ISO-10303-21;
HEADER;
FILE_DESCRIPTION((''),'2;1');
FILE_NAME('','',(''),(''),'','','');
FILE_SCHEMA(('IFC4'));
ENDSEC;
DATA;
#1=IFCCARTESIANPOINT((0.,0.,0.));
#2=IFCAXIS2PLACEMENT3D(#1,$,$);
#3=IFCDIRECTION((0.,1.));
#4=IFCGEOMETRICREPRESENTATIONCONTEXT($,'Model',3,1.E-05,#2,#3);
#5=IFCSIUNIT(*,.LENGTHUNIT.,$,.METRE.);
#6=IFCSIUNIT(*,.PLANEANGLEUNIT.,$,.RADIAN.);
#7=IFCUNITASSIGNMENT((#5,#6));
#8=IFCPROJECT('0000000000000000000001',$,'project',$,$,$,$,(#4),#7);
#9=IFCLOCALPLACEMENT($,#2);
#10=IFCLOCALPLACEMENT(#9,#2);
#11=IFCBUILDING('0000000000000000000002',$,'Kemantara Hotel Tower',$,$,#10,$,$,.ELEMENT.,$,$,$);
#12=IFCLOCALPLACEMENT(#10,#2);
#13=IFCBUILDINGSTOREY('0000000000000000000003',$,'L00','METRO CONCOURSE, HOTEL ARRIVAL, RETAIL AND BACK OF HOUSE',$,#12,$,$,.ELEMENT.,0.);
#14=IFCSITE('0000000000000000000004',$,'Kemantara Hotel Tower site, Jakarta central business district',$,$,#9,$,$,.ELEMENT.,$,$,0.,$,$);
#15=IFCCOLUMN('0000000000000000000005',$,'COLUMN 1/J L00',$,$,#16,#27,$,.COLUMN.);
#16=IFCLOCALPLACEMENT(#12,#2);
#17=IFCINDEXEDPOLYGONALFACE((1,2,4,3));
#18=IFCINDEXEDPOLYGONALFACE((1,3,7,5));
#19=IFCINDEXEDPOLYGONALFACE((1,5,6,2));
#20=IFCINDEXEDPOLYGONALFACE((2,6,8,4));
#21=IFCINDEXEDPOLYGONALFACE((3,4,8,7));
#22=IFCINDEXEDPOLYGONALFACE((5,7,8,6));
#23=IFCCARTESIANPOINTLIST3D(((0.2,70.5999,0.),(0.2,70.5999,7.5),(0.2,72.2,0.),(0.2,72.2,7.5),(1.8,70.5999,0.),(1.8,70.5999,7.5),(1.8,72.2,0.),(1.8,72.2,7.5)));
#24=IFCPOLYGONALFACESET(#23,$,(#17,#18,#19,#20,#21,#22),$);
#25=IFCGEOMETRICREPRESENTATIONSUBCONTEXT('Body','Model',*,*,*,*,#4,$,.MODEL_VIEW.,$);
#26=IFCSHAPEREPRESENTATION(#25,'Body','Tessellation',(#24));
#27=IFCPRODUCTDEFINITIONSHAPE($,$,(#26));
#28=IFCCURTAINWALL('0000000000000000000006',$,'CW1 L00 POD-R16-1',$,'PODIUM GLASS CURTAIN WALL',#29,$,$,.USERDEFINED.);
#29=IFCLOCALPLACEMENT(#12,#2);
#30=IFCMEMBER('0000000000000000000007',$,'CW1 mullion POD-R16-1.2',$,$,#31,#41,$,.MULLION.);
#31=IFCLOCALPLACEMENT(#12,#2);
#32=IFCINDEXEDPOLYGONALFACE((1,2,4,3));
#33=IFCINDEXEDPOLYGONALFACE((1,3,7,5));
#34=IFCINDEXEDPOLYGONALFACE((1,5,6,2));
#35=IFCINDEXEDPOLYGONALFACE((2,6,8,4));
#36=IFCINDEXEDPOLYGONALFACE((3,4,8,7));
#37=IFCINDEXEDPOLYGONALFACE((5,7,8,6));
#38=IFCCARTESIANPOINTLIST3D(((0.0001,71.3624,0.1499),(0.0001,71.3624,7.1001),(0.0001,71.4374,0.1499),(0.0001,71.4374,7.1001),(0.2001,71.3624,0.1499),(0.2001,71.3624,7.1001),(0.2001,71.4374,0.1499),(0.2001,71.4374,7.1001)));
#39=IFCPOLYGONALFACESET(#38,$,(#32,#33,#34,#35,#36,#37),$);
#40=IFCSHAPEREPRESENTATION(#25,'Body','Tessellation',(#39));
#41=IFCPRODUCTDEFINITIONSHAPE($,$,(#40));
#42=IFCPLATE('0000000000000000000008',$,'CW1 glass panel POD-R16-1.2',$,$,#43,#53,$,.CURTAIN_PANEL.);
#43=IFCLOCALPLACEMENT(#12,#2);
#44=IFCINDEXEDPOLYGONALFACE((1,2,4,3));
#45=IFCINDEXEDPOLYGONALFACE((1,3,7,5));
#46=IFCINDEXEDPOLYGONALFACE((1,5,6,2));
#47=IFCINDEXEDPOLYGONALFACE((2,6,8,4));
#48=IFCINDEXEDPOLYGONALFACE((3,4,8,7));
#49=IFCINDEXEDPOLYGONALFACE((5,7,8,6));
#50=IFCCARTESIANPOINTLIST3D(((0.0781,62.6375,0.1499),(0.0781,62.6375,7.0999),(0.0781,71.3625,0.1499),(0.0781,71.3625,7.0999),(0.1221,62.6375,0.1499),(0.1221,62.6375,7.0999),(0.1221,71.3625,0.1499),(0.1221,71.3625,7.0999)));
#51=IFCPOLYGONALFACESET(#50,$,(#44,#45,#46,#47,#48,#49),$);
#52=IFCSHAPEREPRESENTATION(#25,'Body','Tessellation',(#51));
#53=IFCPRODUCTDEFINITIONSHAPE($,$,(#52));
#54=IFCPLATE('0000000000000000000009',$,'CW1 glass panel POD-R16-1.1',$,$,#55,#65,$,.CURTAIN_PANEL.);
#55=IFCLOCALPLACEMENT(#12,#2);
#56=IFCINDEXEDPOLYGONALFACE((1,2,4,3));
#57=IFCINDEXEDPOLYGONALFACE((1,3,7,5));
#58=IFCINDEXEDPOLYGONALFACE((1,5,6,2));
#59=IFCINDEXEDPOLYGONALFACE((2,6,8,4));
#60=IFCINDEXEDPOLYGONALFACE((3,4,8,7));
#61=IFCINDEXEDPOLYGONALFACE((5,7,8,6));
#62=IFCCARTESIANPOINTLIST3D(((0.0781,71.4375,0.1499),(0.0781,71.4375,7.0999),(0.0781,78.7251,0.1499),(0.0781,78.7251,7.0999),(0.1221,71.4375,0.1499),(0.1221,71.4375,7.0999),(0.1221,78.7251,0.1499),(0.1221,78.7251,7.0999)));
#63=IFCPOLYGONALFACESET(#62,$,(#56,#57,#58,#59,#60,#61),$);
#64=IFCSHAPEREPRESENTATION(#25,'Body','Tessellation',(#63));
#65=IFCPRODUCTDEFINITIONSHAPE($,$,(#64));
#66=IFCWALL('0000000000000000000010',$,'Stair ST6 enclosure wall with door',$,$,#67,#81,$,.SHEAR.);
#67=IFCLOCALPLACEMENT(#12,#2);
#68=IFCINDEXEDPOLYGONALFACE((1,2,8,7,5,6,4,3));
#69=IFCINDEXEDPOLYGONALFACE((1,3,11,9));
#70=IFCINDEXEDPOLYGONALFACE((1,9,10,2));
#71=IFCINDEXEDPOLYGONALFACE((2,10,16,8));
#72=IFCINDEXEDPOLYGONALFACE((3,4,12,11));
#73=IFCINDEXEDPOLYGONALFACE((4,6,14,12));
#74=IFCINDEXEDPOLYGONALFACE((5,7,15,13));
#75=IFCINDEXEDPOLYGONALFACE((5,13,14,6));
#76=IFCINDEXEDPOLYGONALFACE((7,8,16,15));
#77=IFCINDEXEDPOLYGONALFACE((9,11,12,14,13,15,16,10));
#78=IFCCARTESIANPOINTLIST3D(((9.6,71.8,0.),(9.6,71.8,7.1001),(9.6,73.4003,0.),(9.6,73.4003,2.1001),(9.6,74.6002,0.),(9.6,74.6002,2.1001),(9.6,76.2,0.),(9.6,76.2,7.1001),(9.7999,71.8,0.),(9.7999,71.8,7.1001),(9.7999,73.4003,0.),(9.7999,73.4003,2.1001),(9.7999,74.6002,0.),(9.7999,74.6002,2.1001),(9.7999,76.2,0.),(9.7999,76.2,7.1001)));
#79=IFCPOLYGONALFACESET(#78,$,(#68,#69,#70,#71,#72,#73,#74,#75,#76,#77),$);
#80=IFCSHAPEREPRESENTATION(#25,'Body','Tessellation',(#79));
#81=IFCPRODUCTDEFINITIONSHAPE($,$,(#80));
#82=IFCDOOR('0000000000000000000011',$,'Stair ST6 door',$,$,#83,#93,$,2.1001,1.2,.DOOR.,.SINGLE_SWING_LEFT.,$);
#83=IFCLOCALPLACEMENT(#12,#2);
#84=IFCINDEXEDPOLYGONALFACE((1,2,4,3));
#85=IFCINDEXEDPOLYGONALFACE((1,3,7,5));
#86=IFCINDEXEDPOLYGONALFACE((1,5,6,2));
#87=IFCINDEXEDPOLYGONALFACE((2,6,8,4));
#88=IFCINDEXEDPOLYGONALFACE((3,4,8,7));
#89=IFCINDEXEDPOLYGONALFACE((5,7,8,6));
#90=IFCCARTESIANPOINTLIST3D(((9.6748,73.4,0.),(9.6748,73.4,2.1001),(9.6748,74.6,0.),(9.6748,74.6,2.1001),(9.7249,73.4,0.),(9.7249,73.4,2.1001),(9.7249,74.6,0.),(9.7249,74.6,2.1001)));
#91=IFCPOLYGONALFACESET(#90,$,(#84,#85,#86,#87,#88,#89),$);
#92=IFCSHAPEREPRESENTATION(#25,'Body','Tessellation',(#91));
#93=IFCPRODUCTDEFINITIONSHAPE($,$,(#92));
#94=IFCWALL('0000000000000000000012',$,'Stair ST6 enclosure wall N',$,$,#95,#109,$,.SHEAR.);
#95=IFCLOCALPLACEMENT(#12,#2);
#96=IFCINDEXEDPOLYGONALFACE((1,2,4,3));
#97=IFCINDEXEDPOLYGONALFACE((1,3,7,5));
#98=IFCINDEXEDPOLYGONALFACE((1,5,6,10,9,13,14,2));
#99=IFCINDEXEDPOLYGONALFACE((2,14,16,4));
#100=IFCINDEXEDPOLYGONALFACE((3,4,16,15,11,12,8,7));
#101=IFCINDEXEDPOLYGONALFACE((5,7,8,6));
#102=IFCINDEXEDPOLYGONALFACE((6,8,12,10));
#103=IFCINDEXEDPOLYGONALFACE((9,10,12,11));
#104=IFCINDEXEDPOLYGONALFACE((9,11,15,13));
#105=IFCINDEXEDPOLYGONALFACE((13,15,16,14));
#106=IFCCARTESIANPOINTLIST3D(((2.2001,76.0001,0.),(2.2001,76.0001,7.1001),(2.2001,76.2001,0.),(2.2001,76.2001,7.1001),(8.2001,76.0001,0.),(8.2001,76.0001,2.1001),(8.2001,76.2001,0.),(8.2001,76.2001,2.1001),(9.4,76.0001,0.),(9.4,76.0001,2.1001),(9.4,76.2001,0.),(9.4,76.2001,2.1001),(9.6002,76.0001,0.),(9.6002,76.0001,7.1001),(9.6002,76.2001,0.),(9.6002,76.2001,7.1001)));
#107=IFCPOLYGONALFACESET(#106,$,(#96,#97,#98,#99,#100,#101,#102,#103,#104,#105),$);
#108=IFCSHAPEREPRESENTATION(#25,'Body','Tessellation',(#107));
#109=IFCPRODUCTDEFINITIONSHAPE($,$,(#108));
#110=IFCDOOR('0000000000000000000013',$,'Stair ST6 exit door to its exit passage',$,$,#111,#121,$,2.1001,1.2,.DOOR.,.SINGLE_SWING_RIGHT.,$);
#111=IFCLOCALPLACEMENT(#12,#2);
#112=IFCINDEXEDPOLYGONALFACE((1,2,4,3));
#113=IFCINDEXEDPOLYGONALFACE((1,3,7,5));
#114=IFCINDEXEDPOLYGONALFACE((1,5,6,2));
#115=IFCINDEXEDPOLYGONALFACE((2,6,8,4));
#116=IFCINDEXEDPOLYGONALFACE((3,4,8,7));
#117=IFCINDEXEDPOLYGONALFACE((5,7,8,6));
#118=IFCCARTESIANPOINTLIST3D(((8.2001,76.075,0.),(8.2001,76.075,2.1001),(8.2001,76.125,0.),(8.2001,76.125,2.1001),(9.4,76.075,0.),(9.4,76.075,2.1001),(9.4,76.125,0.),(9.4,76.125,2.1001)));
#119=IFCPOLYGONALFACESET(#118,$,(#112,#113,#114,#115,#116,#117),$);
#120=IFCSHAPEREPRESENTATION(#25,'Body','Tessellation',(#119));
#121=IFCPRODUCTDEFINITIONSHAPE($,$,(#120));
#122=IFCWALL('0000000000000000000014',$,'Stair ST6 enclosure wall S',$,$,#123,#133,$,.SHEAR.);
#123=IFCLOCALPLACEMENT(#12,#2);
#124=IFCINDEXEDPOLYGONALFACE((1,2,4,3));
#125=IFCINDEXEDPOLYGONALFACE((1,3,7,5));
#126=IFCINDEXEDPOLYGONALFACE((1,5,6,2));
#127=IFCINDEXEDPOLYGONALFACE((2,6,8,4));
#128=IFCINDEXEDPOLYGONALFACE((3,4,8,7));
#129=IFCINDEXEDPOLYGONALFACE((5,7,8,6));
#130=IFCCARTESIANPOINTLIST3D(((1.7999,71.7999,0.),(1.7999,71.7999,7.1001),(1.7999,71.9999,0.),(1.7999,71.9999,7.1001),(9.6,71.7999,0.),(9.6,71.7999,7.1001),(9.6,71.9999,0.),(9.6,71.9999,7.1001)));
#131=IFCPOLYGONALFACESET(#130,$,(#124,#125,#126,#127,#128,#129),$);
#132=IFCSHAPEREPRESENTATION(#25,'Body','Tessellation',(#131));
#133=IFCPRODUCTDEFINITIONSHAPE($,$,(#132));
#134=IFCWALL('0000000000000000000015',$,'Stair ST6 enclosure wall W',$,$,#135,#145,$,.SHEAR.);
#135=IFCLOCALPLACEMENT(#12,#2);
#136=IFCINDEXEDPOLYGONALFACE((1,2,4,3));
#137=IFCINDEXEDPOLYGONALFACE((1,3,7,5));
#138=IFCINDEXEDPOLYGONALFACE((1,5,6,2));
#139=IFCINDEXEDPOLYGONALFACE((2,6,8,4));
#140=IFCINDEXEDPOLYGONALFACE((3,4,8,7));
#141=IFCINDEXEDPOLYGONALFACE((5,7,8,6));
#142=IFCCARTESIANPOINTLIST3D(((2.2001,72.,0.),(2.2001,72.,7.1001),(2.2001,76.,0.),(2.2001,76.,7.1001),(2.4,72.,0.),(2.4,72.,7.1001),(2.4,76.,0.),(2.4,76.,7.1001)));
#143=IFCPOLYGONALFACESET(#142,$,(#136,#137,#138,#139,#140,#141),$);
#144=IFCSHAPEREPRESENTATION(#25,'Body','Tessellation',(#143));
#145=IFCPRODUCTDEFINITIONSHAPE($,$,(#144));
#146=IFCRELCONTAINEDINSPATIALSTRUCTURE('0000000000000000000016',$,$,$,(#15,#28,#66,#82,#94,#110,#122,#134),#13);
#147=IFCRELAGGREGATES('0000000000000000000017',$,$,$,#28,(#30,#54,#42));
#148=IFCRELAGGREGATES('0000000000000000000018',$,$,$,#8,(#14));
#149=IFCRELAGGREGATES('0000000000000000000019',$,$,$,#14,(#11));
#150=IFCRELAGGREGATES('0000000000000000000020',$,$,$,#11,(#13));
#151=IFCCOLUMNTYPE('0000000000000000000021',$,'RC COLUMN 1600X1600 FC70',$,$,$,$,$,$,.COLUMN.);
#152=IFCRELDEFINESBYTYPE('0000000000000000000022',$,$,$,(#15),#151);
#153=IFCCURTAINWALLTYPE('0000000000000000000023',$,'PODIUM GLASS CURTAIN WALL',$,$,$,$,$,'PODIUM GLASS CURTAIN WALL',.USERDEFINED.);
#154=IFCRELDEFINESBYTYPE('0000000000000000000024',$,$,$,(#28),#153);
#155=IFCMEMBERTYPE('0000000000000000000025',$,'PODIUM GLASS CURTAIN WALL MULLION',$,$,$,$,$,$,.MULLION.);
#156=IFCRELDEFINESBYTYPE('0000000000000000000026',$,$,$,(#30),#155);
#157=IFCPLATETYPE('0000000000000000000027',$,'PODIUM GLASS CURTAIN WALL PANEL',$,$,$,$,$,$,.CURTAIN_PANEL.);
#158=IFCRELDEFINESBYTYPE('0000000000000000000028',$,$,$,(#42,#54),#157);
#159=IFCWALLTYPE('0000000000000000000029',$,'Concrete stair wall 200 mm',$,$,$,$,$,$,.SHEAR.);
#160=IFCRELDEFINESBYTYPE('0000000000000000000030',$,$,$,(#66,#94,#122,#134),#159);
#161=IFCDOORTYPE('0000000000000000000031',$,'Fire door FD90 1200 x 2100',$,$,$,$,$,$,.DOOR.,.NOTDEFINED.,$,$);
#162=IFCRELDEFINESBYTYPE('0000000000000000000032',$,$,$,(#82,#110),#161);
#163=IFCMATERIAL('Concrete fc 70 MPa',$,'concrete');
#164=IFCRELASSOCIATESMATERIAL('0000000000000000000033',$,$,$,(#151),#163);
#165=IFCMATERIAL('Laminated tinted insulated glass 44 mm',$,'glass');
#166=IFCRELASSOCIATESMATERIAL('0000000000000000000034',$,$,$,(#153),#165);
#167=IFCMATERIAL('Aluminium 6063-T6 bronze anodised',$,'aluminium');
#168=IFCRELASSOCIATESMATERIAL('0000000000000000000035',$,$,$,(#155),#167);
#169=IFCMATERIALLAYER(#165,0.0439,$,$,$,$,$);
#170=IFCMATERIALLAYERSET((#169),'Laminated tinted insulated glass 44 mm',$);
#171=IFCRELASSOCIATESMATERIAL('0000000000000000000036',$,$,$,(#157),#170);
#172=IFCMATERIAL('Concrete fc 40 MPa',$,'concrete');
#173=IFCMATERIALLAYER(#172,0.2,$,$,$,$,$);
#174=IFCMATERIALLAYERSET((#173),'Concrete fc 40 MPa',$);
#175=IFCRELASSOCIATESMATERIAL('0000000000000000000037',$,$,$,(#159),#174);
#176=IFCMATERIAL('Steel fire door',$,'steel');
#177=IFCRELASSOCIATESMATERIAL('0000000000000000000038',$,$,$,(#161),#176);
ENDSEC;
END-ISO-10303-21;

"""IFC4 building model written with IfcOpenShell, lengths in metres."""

from ifc_helpers import new_model, si_unit, direction, frame, frame_2d, origin, origin_2d, place, context, subcontext, project, spatial, rectangle, extrude, source, transform, mapped, material, layer, layer_set, material_profile, profile_set, type_object, element, fill, aggregate, save


model = new_model("IFC4")

# Units and contexts
model_context = context("Model", 3, precision=1e-05, world=origin(), true_north=direction((0.0, 1.0)))
body_context = subcontext(model_context, "Body", "Model", "MODEL_VIEW")
ifc_project = project(units=[si_unit("LENGTHUNIT", "METRE"), si_unit("PLANEANGLEUNIT", "RADIAN")], contexts=[model_context])

# Site, building, storey
site_placement = place(None, origin())
site = spatial("IfcSite", under=ifc_project, at=site_placement, Name="Kemantara Hotel Tower site, Jakarta central business district", CompositionType="ELEMENT", RefElevation=0.0)
building_placement = place(site_placement, origin())
building = spatial("IfcBuilding", under=site, at=building_placement, Name="Kemantara Hotel Tower", CompositionType="ELEMENT")
storey_placement = place(building_placement, origin())
storey = spatial("IfcBuildingStorey", under=building, at=storey_placement, Name="L00", Description="METRO CONCOURSE, HOTEL ARRIVAL, RETAIL AND BACK OF HOUSE", CompositionType="ELEMENT", Elevation=0.0)

# Column
ifc_material_1 = material(Name="Concrete fc 70 MPa", Category="concrete")
ifc_material_profile_1 = material_profile(ifc_material_1, rectangle(XDim=1.6001, YDim=1.6001, at=origin_2d()), Name="RC 1600X1600")
ifc_profile_set_1 = profile_set([ifc_material_profile_1], Name="Concrete fc 70 MPa")
column_type = type_object("IfcColumnType", Name="RC COLUMN 1600X1600 FC70", PredefinedType="COLUMN", material=ifc_profile_set_1)
column_placement = place(storey_placement, frame((1.0, 71.3999, 0.0), z_axis=(0.0, 0.0, 1.0), x_axis=(1.0, 0.0, 0.0)))
element("IfcColumn", 1, at=column_placement, inside=storey, type_object=column_type, Name="COLUMN 1/J L00", PredefinedType="COLUMN", context=body_context, shape_type="SweptSolid", body=[
    extrude(rectangle(XDim=1.6001, YDim=1.6001, at=origin_2d()), origin(), (0.0, 0.0, 1.0), 7.5),
])

# Curtain wall, member, plates
ifc_material_2 = material(Name="Laminated tinted insulated glass 44 mm", Category="glass")
curtain_wall_type = type_object("IfcCurtainWallType", Name="PODIUM GLASS CURTAIN WALL", ElementType="PODIUM GLASS CURTAIN WALL", PredefinedType="USERDEFINED", material=ifc_material_2)
curtain_wall_placement = place(storey_placement, origin())
curtain_wall = element("IfcCurtainWall", 2, at=curtain_wall_placement, inside=storey, type_object=curtain_wall_type, Name="CW1 L00 POD-R16-1", ObjectType="PODIUM GLASS CURTAIN WALL", PredefinedType="USERDEFINED")
ifc_material_3 = material(Name="Aluminium 6063-T6 bronze anodised", Category="aluminium")
ifc_material_profile_2 = material_profile(ifc_material_3, rectangle(XDim=0.2, YDim=0.075, at=origin_2d()), Name="PODIUM GLASS CURTAIN WALL MULLION")
ifc_profile_set_2 = profile_set([ifc_material_profile_2], Name="Aluminium 6063-T6 bronze anodised")
member_type = type_object("IfcMemberType", Name="PODIUM GLASS CURTAIN WALL MULLION", PredefinedType="MULLION", material=ifc_profile_set_2)
shared_shape_1 = source(origin(), body_context, "Body", "SweptSolid", [
    extrude(rectangle(XDim=0.2, YDim=0.075, at=origin_2d()), origin(), (0.0, 0.0, 1.0), 6.9502),
])
member_placement = place(storey_placement, frame((0.1001, 71.3999, 0.1499), z_axis=(0.0, 0.0, 1.0), x_axis=(1.0, 0.0, 0.0)))
member = element("IfcMember", 3, at=member_placement, type_object=member_type, Name="CW1 mullion POD-R16-1.2", PredefinedType="MULLION", context=body_context, shape_type="MappedRepresentation", body=[
    mapped(shared_shape_1, transform((0.0, 0.0, 0.0))),
])
ifc_layer_1 = layer(ifc_material_2, 0.0439)
ifc_layer_set_1 = layer_set([ifc_layer_1], Name="Laminated tinted insulated glass 44 mm")
plate_type = type_object("IfcPlateType", Name="PODIUM GLASS CURTAIN WALL PANEL", PredefinedType="CURTAIN_PANEL", material=ifc_layer_set_1)
shared_shape_2 = source(origin(), body_context, "Body", "SweptSolid", [
    extrude(rectangle(XDim=8.7251, YDim=0.0439, at=origin_2d()), origin(), (0.0, 0.0, 1.0), 6.95),
])
plate_1_placement = place(storey_placement, frame((0.1001, 67.0, 0.1499), z_axis=(0.0, 0.0, 1.0), x_axis=(0.0, -1.0, 0.0)))
plate_1 = element("IfcPlate", 4, at=plate_1_placement, type_object=plate_type, Name="CW1 glass panel POD-R16-1.2", PredefinedType="CURTAIN_PANEL", context=body_context, shape_type="MappedRepresentation", body=[
    mapped(shared_shape_2, transform((0.0, 0.0, 0.0))),
])
shared_shape_3 = source(origin(), body_context, "Body", "SweptSolid", [
    extrude(rectangle(XDim=7.2876, YDim=0.0439, at=origin_2d()), origin(), (0.0, 0.0, 1.0), 6.95),
])
plate_2_placement = place(storey_placement, frame((0.1001, 75.0813, 0.1499), z_axis=(0.0, 0.0, 1.0), x_axis=(0.0, -1.0, 0.0)))
plate_2 = element("IfcPlate", 5, at=plate_2_placement, type_object=plate_type, Name="CW1 glass panel POD-R16-1.1", PredefinedType="CURTAIN_PANEL", context=body_context, shape_type="MappedRepresentation", body=[
    mapped(shared_shape_3, transform((0.0, 0.0, 0.0))),
])
aggregate(curtain_wall, [member, plate_2, plate_1])

# Walls, openings, doors
ifc_material_4 = material(Name="Concrete fc 40 MPa", Category="concrete")
ifc_layer_2 = layer(ifc_material_4, 0.2)
ifc_layer_set_2 = layer_set([ifc_layer_2], Name="Concrete fc 40 MPa")
wall_type_1 = type_object("IfcWallType", Name="Concrete stair wall 200 mm", PredefinedType="SHEAR", material=ifc_layer_set_2)
wall_1_placement = place(storey_placement, frame((9.7, 71.8, 0.0), z_axis=(0.0, 0.0, 1.0), x_axis=(0.0, 1.0, 0.0)))
wall_1 = element("IfcWall", 6, at=wall_1_placement, inside=storey, type_object=wall_type_1, Name="Stair ST6 enclosure wall with door", PredefinedType="SHEAR", context=body_context, shape_type="SweptSolid", body=[
    extrude(rectangle(XDim=4.3999, YDim=0.2, at=frame_2d((2.2, 0.0))), origin(), (0.0, 0.0, 1.0), 7.1001),
])
opening_1_placement = place(wall_1_placement, frame((1.6001, 0.0, 0.0)))
opening_1 = element("IfcOpeningElement", 7, at=opening_1_placement, cuts=wall_1, PredefinedType="OPENING", context=body_context, shape_type="SweptSolid", body=[
    extrude(rectangle(XDim=1.2, YDim=2.1001, at=frame_2d((0.6001, 1.05))), frame((0.0, 0.1099, 0.0), z_axis=(0.0, -1.0, 0.0), x_axis=(1.0, 0.0, 0.0)), (0.0, 0.0, 1.0), 0.22),
])
ifc_material_5 = material(Name="Steel fire door", Category="steel")
door_type_1 = type_object("IfcDoorType", Name="Fire door FD90 1200 x 2100", OperationType="NOTDEFINED", PredefinedType="DOOR", material=ifc_material_5)
door_1_placement = place(opening_1_placement, frame((1.2, 0.0, 0.0), z_axis=(0.0, 0.0, 1.0), x_axis=(-1.0, 0.0, 0.0)))
door_1 = element("IfcDoor", 8, at=door_1_placement, inside=storey, type_object=door_type_1, Name="Stair ST6 door", OperationType="SINGLE_SWING_LEFT", OverallHeight=2.1001, OverallWidth=1.2, PredefinedType="DOOR", context=body_context, shape_type="SweptSolid", body=[
    extrude(rectangle(XDim=1.2, YDim=2.1001, at=frame_2d((0.6001, 1.05))), frame((0.0, 0.0249, 0.0), z_axis=(0.0, -1.0, 0.0), x_axis=(1.0, 0.0, 0.0)), (0.0, 0.0, 1.0), 0.05),
])
fill(opening_1, door_1)
wall_2_placement = place(storey_placement, frame((2.2, 76.1001, 0.0), z_axis=(0.0, 0.0, 1.0), x_axis=(1.0, 0.0, 0.0)))
wall_2 = element("IfcWall", 9, at=wall_2_placement, inside=storey, type_object=wall_type_1, Name="Stair ST6 enclosure wall N", PredefinedType="SHEAR", context=body_context, shape_type="SweptSolid", body=[
    extrude(rectangle(XDim=7.4001, YDim=0.2, at=frame_2d((3.7002, 0.0))), origin(), (0.0, 0.0, 1.0), 7.1001),
])
opening_2_placement = place(wall_2_placement, frame((6.0, 0.0, 0.0)))
opening_2 = element("IfcOpeningElement", 10, at=opening_2_placement, cuts=wall_2, PredefinedType="OPENING", context=body_context, shape_type="SweptSolid", body=[
    extrude(rectangle(XDim=1.2, YDim=2.1001, at=frame_2d((0.6001, 1.05))), frame((0.0, 0.1099, 0.0), z_axis=(0.0, -1.0, 0.0), x_axis=(1.0, 0.0, 0.0)), (0.0, 0.0, 1.0), 0.22),
])
door_2_placement = place(opening_2_placement, origin())
door_2 = element("IfcDoor", 11, at=door_2_placement, inside=storey, type_object=door_type_1, Name="Stair ST6 exit door to its exit passage", OperationType="SINGLE_SWING_RIGHT", OverallHeight=2.1001, OverallWidth=1.2, PredefinedType="DOOR", context=body_context, shape_type="SweptSolid", body=[
    extrude(rectangle(XDim=1.2, YDim=2.1001, at=frame_2d((0.6001, 1.05))), frame((0.0, 0.0249, 0.0), z_axis=(0.0, -1.0, 0.0), x_axis=(1.0, 0.0, 0.0)), (0.0, 0.0, 1.0), 0.05),
])
fill(opening_2, door_2)

# Walls
wall_3_placement = place(storey_placement, frame((1.8, 71.8999, 0.0), z_axis=(0.0, 0.0, 1.0), x_axis=(1.0, 0.0, 0.0)))
element("IfcWall", 12, at=wall_3_placement, inside=storey, type_object=wall_type_1, Name="Stair ST6 enclosure wall S", PredefinedType="SHEAR", context=body_context, shape_type="SweptSolid", body=[
    extrude(rectangle(XDim=7.8, YDim=0.2, at=frame_2d((3.8999, 0.0))), origin(), (0.0, 0.0, 1.0), 7.1001),
])
wall_4_placement = place(storey_placement, frame((2.3, 72.0, 0.0), z_axis=(0.0, 0.0, 1.0), x_axis=(0.0, 1.0, 0.0)))
element("IfcWall", 13, at=wall_4_placement, inside=storey, type_object=wall_type_1, Name="Stair ST6 enclosure wall W", PredefinedType="SHEAR", context=body_context, shape_type="SweptSolid", body=[
    extrude(rectangle(XDim=4.0, YDim=0.2, at=frame_2d((2.0, 0.0))), origin(), (0.0, 0.0, 1.0), 7.1001),
])

save(model, "model.ifc")
